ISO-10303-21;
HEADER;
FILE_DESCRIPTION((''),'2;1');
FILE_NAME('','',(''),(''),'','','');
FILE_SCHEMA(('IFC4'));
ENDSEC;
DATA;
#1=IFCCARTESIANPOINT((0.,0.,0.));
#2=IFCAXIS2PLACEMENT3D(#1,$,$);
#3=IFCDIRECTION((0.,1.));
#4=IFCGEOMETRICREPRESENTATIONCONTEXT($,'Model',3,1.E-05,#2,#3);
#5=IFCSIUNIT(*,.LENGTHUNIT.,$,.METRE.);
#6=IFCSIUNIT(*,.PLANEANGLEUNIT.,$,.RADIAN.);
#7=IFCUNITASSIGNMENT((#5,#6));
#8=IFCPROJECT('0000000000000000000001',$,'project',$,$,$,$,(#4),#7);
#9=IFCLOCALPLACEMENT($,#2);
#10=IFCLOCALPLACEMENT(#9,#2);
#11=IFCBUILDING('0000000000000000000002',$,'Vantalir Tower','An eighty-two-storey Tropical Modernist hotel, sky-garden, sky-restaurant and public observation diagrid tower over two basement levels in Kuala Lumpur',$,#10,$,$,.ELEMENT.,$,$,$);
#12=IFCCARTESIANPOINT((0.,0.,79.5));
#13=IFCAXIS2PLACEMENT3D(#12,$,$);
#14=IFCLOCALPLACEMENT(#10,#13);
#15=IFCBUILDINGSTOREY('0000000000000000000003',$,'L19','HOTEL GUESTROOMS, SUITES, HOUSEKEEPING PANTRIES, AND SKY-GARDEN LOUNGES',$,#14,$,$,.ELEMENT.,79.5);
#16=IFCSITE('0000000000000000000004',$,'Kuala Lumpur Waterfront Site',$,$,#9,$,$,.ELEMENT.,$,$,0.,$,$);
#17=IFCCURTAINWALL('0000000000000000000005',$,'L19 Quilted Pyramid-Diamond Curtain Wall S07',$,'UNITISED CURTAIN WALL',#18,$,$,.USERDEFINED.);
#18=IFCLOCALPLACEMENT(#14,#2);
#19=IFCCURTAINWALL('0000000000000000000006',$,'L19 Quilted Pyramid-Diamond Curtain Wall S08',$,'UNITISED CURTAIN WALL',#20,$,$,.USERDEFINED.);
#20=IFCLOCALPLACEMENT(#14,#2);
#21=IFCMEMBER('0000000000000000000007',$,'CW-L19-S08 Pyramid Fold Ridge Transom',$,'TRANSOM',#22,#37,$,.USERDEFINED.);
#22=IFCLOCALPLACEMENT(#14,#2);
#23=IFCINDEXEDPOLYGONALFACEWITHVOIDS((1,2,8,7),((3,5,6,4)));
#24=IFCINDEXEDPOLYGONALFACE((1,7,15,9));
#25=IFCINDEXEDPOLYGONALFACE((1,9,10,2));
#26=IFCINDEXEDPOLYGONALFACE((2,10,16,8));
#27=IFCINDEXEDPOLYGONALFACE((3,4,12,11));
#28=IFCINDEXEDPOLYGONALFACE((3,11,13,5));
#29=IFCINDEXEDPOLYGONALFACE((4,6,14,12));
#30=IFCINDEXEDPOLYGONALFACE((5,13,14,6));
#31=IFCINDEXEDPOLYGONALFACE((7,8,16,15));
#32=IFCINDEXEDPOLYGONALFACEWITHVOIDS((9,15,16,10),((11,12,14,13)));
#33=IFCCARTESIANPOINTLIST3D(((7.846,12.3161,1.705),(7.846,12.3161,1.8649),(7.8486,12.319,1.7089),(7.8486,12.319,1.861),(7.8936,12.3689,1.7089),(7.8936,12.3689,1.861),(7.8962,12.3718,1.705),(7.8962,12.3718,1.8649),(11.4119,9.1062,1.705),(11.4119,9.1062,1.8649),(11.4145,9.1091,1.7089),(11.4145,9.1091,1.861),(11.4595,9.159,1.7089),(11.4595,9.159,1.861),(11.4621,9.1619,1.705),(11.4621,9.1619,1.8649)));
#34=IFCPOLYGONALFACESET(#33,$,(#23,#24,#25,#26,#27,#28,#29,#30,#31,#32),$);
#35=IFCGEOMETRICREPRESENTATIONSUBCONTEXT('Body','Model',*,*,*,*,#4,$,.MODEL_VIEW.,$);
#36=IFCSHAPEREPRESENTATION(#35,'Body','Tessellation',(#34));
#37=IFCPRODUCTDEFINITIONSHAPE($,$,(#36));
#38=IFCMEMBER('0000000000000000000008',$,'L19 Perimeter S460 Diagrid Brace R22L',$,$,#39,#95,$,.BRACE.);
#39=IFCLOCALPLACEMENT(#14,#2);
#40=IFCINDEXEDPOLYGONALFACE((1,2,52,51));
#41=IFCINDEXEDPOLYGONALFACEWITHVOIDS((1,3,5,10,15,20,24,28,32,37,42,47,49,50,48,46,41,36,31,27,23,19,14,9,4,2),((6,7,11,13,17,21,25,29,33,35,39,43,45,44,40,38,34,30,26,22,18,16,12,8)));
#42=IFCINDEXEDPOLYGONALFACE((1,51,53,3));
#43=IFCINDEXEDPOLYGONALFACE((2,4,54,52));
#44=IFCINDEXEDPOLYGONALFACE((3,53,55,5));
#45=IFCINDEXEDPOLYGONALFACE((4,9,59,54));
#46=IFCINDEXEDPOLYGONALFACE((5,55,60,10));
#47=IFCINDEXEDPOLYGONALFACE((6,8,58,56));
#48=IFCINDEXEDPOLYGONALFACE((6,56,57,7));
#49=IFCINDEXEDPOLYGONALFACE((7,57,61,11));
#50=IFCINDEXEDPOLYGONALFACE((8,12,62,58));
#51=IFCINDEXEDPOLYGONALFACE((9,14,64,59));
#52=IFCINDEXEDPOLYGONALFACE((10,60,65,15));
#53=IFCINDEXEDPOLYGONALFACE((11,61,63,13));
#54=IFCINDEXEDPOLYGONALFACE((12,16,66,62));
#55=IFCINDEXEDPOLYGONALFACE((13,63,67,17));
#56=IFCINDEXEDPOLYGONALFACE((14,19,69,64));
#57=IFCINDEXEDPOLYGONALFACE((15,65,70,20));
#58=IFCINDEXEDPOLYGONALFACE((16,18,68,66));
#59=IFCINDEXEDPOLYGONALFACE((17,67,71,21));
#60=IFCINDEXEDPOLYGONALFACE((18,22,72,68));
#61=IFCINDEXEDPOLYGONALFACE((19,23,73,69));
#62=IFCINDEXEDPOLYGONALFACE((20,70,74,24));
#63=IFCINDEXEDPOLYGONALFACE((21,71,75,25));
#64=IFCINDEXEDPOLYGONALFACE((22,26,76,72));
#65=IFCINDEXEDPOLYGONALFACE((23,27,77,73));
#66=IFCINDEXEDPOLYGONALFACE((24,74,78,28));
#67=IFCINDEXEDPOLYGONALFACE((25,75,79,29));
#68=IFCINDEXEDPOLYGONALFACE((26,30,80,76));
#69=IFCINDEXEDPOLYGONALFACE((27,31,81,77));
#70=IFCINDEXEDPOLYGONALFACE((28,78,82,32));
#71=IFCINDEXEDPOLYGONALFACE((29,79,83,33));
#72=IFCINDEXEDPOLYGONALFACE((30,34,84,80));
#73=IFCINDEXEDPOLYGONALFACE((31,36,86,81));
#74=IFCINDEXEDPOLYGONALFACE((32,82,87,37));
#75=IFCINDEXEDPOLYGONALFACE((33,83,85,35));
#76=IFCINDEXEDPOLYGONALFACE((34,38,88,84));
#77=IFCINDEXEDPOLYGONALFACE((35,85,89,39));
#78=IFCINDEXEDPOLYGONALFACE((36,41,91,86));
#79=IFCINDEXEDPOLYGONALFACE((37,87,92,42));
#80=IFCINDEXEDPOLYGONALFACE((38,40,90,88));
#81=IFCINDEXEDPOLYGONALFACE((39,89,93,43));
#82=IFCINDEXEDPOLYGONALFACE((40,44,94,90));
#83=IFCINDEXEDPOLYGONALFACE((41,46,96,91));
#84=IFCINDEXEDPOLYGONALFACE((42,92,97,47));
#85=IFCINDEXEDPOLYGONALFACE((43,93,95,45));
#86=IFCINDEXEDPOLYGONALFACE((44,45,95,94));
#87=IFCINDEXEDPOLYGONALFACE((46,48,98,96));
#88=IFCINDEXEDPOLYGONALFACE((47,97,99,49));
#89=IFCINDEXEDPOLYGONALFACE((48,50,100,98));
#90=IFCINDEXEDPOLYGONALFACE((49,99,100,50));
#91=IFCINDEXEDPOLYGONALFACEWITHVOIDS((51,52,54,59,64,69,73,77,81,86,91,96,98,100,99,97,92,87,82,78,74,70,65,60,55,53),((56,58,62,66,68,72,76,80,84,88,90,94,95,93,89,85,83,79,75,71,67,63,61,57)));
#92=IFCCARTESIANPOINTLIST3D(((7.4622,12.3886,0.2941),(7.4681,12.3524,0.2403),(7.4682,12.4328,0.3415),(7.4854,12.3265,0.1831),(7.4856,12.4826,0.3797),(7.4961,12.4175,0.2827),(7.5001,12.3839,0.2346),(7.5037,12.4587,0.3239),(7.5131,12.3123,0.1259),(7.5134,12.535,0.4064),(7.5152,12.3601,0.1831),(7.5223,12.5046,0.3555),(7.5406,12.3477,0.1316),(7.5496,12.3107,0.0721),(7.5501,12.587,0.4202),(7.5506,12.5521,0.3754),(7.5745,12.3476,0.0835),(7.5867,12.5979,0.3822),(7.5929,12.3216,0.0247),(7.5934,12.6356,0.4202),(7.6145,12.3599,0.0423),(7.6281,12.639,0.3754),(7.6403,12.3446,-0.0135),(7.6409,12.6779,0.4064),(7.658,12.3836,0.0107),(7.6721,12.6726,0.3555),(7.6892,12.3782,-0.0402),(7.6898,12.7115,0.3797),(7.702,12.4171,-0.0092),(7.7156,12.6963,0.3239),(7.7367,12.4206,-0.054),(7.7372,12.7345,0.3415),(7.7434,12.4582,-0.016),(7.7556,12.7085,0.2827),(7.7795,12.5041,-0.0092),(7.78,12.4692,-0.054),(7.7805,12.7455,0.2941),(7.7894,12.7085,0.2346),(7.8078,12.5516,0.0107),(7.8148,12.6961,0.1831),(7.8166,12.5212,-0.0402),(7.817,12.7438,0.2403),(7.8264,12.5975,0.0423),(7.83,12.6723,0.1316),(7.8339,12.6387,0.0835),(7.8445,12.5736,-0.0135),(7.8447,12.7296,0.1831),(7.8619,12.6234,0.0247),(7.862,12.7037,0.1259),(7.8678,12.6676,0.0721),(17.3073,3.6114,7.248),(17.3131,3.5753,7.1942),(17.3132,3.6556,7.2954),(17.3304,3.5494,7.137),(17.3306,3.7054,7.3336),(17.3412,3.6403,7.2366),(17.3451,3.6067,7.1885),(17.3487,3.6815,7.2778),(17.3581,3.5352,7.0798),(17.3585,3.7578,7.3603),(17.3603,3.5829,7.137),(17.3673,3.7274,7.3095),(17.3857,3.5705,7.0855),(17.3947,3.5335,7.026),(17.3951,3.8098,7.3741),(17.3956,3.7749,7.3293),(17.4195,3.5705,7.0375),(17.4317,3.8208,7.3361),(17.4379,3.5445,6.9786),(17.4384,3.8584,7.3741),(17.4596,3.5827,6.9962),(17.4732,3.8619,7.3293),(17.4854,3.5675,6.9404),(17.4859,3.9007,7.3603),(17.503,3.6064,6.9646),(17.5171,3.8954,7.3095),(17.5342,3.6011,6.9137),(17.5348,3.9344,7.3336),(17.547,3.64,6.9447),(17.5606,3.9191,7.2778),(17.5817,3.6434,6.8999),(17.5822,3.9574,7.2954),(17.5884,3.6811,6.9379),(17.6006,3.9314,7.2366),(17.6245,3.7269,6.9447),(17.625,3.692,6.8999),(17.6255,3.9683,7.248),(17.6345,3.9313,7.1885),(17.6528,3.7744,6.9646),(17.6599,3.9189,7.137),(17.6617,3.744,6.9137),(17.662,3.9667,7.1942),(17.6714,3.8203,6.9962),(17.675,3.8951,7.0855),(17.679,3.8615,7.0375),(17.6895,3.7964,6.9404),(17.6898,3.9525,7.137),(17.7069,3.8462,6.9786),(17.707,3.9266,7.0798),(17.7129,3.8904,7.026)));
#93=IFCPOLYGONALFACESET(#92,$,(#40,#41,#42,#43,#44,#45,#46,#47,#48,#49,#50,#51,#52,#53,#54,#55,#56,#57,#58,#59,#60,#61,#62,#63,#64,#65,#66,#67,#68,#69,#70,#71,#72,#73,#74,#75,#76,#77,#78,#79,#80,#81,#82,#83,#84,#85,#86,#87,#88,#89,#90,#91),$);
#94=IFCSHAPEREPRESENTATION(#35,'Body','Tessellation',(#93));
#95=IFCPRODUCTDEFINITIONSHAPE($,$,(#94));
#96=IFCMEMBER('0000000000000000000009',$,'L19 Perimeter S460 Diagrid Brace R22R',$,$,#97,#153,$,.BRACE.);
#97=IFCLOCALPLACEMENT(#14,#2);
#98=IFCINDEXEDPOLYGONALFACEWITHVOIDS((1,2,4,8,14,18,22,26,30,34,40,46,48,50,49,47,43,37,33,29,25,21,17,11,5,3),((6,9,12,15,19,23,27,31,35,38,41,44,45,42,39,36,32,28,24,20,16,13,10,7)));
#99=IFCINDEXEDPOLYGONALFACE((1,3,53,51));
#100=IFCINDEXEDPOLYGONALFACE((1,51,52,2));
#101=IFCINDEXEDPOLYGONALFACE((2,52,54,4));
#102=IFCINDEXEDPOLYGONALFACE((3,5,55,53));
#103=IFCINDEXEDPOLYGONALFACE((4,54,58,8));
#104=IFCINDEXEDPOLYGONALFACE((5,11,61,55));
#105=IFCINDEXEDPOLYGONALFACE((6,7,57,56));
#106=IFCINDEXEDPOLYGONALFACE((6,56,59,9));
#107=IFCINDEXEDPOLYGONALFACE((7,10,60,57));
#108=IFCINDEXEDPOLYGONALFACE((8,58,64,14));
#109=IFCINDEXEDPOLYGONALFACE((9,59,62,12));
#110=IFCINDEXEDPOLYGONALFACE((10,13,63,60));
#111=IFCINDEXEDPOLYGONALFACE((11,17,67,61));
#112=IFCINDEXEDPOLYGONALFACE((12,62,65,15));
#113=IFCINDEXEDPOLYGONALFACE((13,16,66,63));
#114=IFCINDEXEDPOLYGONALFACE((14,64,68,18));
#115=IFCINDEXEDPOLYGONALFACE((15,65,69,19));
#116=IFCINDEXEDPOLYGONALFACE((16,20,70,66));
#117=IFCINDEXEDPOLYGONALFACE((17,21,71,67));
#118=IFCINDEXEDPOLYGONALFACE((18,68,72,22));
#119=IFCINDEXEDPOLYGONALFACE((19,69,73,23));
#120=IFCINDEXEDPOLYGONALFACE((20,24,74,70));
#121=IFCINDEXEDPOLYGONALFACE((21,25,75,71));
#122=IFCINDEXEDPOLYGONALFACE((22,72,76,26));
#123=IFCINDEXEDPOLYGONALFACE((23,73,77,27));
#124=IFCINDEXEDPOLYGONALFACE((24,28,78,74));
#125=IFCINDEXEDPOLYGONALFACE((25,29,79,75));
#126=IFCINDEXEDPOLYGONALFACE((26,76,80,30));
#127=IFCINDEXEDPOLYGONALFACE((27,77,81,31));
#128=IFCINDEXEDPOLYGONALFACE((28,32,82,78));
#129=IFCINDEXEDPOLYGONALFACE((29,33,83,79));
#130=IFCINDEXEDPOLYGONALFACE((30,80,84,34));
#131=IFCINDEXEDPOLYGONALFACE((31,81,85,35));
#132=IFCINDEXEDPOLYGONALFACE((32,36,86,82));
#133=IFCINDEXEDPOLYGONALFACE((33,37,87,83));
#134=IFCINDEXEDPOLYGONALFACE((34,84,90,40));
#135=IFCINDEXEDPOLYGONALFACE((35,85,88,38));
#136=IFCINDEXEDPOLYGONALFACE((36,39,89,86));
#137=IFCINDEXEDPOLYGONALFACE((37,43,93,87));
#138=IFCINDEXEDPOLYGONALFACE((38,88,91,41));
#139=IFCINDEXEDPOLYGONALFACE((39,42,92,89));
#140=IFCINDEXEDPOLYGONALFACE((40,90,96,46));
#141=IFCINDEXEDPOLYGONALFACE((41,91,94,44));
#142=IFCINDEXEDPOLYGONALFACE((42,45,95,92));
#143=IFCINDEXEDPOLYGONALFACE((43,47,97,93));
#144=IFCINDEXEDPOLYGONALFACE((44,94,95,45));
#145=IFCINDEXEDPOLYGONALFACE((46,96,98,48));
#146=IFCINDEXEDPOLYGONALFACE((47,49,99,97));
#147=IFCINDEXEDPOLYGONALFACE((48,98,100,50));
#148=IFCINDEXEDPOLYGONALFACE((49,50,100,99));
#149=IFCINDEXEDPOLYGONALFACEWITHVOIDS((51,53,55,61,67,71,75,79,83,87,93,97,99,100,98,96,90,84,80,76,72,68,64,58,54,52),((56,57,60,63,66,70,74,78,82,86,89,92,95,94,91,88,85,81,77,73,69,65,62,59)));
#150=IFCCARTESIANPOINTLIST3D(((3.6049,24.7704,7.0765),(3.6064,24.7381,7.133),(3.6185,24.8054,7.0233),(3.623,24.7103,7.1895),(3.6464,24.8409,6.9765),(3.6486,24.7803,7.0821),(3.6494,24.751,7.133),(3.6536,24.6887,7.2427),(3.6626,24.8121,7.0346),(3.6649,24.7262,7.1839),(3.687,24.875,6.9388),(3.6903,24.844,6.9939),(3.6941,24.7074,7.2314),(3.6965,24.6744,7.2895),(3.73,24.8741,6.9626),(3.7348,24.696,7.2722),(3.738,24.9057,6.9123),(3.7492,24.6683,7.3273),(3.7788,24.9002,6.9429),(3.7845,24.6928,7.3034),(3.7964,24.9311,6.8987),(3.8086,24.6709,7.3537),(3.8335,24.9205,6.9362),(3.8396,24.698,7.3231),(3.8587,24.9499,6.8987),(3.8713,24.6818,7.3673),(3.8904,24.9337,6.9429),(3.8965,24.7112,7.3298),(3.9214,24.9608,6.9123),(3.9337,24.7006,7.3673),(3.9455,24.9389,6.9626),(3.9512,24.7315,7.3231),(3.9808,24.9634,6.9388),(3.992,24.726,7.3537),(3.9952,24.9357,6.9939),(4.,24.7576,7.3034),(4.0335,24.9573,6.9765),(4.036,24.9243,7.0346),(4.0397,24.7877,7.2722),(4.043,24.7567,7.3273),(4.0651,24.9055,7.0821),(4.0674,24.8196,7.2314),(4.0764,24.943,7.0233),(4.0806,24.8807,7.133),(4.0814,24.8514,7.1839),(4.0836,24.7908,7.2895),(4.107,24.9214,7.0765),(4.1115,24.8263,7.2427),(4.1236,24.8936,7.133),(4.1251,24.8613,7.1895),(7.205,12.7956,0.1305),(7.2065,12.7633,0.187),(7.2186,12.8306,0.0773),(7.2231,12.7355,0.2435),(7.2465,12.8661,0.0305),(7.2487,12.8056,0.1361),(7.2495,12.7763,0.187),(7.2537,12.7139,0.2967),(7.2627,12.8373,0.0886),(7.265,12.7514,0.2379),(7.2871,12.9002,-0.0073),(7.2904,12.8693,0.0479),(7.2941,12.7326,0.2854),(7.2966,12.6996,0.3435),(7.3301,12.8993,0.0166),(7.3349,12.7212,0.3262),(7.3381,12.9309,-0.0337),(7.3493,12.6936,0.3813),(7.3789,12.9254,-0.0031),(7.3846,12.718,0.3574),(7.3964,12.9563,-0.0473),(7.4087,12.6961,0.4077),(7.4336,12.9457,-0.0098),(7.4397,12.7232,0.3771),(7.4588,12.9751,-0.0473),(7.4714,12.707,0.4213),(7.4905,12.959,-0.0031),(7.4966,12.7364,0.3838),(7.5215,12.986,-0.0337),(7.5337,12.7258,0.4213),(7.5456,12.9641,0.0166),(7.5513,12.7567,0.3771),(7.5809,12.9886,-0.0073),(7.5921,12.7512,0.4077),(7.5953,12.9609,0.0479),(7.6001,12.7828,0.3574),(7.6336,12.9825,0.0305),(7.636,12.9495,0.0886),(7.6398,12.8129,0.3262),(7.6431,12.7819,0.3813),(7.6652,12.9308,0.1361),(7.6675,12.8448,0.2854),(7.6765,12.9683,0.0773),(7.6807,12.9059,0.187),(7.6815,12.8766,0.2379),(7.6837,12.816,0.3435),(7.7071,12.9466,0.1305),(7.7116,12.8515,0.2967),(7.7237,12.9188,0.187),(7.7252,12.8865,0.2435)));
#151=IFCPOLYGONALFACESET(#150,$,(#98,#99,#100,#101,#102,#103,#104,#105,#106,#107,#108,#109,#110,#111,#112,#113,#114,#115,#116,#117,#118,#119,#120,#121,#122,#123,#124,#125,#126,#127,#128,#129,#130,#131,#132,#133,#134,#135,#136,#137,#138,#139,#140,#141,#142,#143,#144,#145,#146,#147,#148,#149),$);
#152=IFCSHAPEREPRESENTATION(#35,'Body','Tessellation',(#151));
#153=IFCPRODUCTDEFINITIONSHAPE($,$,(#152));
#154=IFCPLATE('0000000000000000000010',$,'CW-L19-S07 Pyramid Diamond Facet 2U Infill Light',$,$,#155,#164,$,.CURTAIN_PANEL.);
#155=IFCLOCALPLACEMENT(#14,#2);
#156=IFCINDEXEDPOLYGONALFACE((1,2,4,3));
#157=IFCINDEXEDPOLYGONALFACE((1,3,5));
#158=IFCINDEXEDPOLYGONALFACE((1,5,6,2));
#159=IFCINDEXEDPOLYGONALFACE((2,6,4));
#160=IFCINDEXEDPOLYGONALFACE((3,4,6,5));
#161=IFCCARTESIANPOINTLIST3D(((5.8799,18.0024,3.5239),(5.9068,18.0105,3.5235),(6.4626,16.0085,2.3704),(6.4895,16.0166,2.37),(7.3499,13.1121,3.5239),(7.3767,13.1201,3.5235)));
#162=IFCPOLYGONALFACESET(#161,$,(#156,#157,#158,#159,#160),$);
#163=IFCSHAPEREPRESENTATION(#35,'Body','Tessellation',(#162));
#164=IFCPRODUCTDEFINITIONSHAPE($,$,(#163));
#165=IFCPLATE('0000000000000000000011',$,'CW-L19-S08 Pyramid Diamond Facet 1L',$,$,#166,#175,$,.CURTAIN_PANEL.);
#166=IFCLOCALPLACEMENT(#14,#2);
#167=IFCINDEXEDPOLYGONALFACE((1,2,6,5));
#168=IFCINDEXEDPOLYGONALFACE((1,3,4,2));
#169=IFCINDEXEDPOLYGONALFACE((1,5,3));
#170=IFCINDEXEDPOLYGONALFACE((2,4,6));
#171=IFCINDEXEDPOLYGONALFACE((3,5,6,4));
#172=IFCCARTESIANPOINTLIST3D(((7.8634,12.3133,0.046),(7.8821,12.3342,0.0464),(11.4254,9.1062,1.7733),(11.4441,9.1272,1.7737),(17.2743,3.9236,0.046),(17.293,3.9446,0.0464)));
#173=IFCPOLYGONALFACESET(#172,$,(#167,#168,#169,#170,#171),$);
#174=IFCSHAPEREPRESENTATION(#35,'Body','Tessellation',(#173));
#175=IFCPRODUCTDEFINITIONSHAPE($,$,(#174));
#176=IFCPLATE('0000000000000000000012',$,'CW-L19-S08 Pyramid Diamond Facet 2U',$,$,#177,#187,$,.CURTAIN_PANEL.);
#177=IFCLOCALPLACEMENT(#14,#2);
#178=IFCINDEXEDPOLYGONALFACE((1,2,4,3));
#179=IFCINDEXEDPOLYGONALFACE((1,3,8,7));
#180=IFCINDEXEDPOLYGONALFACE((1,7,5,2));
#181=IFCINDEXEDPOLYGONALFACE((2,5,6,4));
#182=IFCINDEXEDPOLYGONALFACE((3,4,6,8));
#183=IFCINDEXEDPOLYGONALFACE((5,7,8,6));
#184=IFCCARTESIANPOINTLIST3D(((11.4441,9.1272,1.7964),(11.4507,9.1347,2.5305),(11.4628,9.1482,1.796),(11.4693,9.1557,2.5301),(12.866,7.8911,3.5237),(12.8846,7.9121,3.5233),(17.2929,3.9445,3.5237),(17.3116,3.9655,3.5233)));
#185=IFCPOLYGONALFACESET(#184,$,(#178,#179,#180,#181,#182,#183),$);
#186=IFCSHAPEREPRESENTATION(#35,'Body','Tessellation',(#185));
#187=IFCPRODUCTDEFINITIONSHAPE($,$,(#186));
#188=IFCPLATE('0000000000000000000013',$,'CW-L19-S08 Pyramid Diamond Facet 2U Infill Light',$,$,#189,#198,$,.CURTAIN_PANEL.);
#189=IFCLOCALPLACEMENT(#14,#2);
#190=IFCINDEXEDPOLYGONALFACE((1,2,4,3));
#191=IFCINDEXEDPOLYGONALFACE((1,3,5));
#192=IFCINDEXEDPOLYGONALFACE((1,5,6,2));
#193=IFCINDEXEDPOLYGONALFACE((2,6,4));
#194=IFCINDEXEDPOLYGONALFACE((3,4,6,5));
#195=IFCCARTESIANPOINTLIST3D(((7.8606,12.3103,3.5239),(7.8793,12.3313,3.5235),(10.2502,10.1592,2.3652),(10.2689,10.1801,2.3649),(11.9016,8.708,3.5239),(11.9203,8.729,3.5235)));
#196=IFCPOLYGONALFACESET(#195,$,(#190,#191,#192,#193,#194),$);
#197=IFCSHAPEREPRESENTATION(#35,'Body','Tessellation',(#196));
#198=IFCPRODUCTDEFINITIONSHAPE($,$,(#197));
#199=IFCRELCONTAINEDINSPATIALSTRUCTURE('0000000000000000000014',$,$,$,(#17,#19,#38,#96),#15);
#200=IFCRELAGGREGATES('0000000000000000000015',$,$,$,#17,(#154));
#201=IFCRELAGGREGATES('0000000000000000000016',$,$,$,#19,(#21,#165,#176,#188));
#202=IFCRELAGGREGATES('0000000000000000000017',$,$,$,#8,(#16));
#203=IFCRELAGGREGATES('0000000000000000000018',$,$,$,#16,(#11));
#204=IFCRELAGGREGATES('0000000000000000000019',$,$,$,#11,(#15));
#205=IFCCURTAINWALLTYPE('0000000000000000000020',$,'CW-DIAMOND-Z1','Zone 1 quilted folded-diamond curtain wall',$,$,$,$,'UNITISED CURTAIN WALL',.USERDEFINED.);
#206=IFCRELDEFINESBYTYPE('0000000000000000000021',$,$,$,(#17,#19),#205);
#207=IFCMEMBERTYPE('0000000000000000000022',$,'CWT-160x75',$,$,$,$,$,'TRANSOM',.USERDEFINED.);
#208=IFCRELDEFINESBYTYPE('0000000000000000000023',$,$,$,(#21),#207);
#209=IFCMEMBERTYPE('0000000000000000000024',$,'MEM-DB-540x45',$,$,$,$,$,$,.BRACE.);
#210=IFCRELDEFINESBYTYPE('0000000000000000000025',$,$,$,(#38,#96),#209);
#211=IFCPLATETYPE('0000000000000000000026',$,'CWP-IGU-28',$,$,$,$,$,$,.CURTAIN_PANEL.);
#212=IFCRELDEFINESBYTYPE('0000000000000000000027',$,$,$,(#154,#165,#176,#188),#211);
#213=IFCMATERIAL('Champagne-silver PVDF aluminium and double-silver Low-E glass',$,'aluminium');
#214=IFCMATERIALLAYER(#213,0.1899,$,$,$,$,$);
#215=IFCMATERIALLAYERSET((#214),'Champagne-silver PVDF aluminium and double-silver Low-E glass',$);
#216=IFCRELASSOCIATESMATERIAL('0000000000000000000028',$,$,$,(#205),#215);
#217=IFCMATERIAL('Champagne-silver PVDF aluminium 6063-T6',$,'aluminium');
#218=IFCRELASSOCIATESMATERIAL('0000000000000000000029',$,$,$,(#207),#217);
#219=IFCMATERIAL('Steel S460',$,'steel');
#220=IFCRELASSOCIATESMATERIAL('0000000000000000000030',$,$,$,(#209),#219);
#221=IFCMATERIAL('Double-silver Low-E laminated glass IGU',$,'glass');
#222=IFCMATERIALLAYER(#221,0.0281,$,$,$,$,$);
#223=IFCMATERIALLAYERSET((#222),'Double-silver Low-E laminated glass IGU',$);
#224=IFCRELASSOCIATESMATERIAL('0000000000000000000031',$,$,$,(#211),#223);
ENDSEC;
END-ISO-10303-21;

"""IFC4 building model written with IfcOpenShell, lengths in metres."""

from ifc_helpers import new_model, si_unit, direction, frame, origin, origin_2d, place, context, subcontext, project, spatial, polyline, hollow_rectangle, hollow_circle, outline, extrude, material, layer, layer_set, material_profile, profile_set, type_object, element, aggregate, save


model = new_model("IFC4")

# Units and contexts
model_context = context("Model", 3, precision=1e-05, world=origin(), true_north=direction((0.0, 1.0)))
body_context = subcontext(model_context, "Body", "Model", "MODEL_VIEW")
ifc_project = project(units=[si_unit("LENGTHUNIT", "METRE"), si_unit("PLANEANGLEUNIT", "RADIAN")], contexts=[model_context])

# Site, building, storey
site_placement = place(None, origin())
site = spatial("IfcSite", under=ifc_project, at=site_placement, Name="Kuala Lumpur Waterfront Site", CompositionType="ELEMENT", RefElevation=0.0)
building_placement = place(site_placement, origin())
building = spatial("IfcBuilding", under=site, at=building_placement, Name="Vantalir Tower", Description="An eighty-two-storey Tropical Modernist hotel, sky-garden, sky-restaurant and public observation diagrid tower over two basement levels in Kuala Lumpur", CompositionType="ELEMENT")
storey_placement = place(building_placement, frame((0.0, 0.0, 79.5)))
storey = spatial("IfcBuildingStorey", under=building, at=storey_placement, Name="L19", Description="HOTEL GUESTROOMS, SUITES, HOUSEKEEPING PANTRIES, AND SKY-GARDEN LOUNGES", CompositionType="ELEMENT", Elevation=79.5)

# Shared definitions
ifc_material_1 = material(Name="Steel S460", Category="steel")

# Curtain wall
ifc_material_2 = material(Name="Champagne-silver PVDF aluminium and double-silver Low-E glass", Category="aluminium")
ifc_layer_1 = layer(ifc_material_2, 0.1899)
ifc_layer_set_1 = layer_set([ifc_layer_1], Name="Champagne-silver PVDF aluminium and double-silver Low-E glass")
curtain_wall_type = type_object("IfcCurtainWallType", Name="CW-DIAMOND-Z1", Description="Zone 1 quilted folded-diamond curtain wall", ElementType="UNITISED CURTAIN WALL", PredefinedType="USERDEFINED", material=ifc_layer_set_1)
curtain_wall_1_placement = place(storey_placement, origin())
curtain_wall_1 = element("IfcCurtainWall", 1, at=curtain_wall_1_placement, inside=storey, type_object=curtain_wall_type, Name="L19 Quilted Pyramid-Diamond Curtain Wall S07", ObjectType="UNITISED CURTAIN WALL", PredefinedType="USERDEFINED")
ifc_material_3 = material(Name="Champagne-silver PVDF aluminium 6063-T6", Category="aluminium")

# Curtain wall, member
curtain_wall_2_placement = place(storey_placement, origin())
curtain_wall_2 = element("IfcCurtainWall", 2, at=curtain_wall_2_placement, inside=storey, type_object=curtain_wall_type, Name="L19 Quilted Pyramid-Diamond Curtain Wall S08", ObjectType="UNITISED CURTAIN WALL", PredefinedType="USERDEFINED")
ifc_material_profile_1 = material_profile(ifc_material_3, hollow_rectangle(XDim=0.075, YDim=0.1599, WallThickness=0.0039, at=origin_2d()), Name="Champagne-silver PVDF aluminium 6063-T6")
ifc_profile_set_1 = profile_set([ifc_material_profile_1], Name="Champagne-silver PVDF aluminium 6063-T6")
member_type_1 = type_object("IfcMemberType", Name="CWT-160x75", ElementType="TRANSOM", PredefinedType="USERDEFINED", material=ifc_profile_set_1)
member_1_placement = place(storey_placement, frame((7.8711, 12.344, 1.7849), z_axis=(0.743228, -0.669038, 0.0), x_axis=(0.669038, 0.743228, 0.0)))
member_1 = element("IfcMember", 3, at=member_1_placement, type_object=member_type_1, Name="CW-L19-S08 Pyramid Fold Ridge Transom", ObjectType="TRANSOM", PredefinedType="USERDEFINED", context=body_context, shape_type="SweptSolid", body=[
    extrude(hollow_rectangle(XDim=0.075, YDim=0.1599, WallThickness=0.0039, at=origin_2d()), origin(), (0.0, 0.0, 1.0), 4.7979),
])

# Members
ifc_material_profile_2 = material_profile(ifc_material_1, hollow_circle(Radius=0.27, WallThickness=0.0449, at=origin_2d()), Name="Steel S460")
ifc_profile_set_2 = profile_set([ifc_material_profile_2], Name="Steel S460")
member_type_2 = type_object("IfcMemberType", Name="MEM-DB-540x45", PredefinedType="BRACE", material=ifc_profile_set_2)
member_2_placement = place(storey_placement, frame((7.665, 12.5281, 0.1831), z_axis=(0.66028, -0.58866, 0.466379), x_axis=(0.665465, 0.746429, 0.0)))
element("IfcMember", 4, at=member_2_placement, inside=storey, type_object=member_type_2, Name="L19 Perimeter S460 Diagrid Brace R22L", PredefinedType="BRACE", context=body_context, shape_type="SweptSolid", body=[
    extrude(hollow_circle(Radius=0.27, WallThickness=0.0449, at=origin_2d()), origin(), (0.0, 0.0, 1.0), 14.9104),
])
member_3_placement = place(storey_placement, frame((7.4651, 12.8411, 0.187), z_axis=(-0.251684, 0.837166, 0.4856), x_axis=(-0.957658, -0.287908, 0.0)))
element("IfcMember", 5, at=member_3_placement, inside=storey, type_object=member_type_2, Name="L19 Perimeter S460 Diagrid Brace R22R", PredefinedType="BRACE", context=body_context, shape_type="SweptSolid", body=[
    extrude(hollow_circle(Radius=0.27, WallThickness=0.0449, at=origin_2d()), origin(), (0.0, 0.0, 1.0), 14.304),
])

# Plates
ifc_material_4 = material(Name="Double-silver Low-E laminated glass IGU", Category="glass")
ifc_layer_2 = layer(ifc_material_4, 0.0281)
ifc_layer_set_2 = layer_set([ifc_layer_2], Name="Double-silver Low-E laminated glass IGU")
plate_type_1 = type_object("IfcPlateType", Name="CWP-IGU-28", PredefinedType="CURTAIN_PANEL", material=ifc_layer_set_2)
plate_1_placement = place(storey_placement, frame((5.8799, 18.0024, 3.5239), z_axis=(-0.957582, -0.287834, 0.013755), x_axis=(0.287861, -0.957672, 0.0)))
plate_1 = element("IfcPlate", 6, at=plate_1_placement, type_object=plate_type_1, Name="CW-L19-S07 Pyramid Diamond Facet 2U Infill Light", PredefinedType="CURTAIN_PANEL", context=body_context, shape_type="SweptSolid", body=[
    extrude(outline(polyline([(0.0, 0.0), (5.1065, 0.0), (2.0773, -1.1537), (0.0, 0.0)])), origin(), (0.0, 0.0, -1.0), 0.0281),
])
aggregate(curtain_wall_1, [plate_1])
plate_2_placement = place(storey_placement, frame((7.8821, 12.3342, 0.0464), z_axis=(0.665383, 0.746378, 0.013636), x_axis=(0.746447, -0.665445, 0.0)))
plate_2 = element("IfcPlate", 7, at=plate_2_placement, type_object=plate_type_1, Name="CW-L19-S08 Pyramid Diamond Facet 1L", PredefinedType="CURTAIN_PANEL", context=body_context, shape_type="SweptSolid", body=[
    extrude(outline(polyline([(0.0, 0.0), (12.6076, 0.0), (4.793, -1.7275), (0.0, 0.0)])), origin(), (0.0, 0.0, -1.0), 0.0281),
])
plate_3_placement = place(storey_placement, frame((12.866, 7.8911, 3.5237), z_axis=(-0.665383, -0.746378, 0.013608), x_axis=(0.746447, -0.665444, 0.0)))
plate_3 = element("IfcPlate", 8, at=plate_3_placement, type_object=plate_type_1, Name="CW-L19-S08 Pyramid Diamond Facet 2U", PredefinedType="CURTAIN_PANEL", context=body_context, shape_type="SweptSolid", body=[
    extrude(outline(polyline([(0.0, 0.0), (5.9307, 0.0), (-1.8839, -1.7275), (-1.884, -0.9933), (0.0, 0.0)])), origin(), (0.0, 0.0, -1.0), 0.0281),
])
plate_4_placement = place(storey_placement, frame((7.8606, 12.3103, 3.5239), z_axis=(-0.665364, -0.746398, 0.013471), x_axis=(0.746466, -0.665424, 0.0)))
plate_4 = element("IfcPlate", 9, at=plate_4_placement, type_object=plate_type_1, Name="CW-L19-S08 Pyramid Diamond Facet 2U Infill Light", PredefinedType="CURTAIN_PANEL", context=body_context, shape_type="SweptSolid", body=[
    extrude(outline(polyline([(0.0, 0.0), (5.4135, 0.0), (3.2152, -1.1588), (0.0, 0.0)])), origin(), (0.0, 0.0, -1.0), 0.0281),
])
aggregate(curtain_wall_2, [member_1, plate_2, plate_3, plate_4])

save(model, "model.ifc")
